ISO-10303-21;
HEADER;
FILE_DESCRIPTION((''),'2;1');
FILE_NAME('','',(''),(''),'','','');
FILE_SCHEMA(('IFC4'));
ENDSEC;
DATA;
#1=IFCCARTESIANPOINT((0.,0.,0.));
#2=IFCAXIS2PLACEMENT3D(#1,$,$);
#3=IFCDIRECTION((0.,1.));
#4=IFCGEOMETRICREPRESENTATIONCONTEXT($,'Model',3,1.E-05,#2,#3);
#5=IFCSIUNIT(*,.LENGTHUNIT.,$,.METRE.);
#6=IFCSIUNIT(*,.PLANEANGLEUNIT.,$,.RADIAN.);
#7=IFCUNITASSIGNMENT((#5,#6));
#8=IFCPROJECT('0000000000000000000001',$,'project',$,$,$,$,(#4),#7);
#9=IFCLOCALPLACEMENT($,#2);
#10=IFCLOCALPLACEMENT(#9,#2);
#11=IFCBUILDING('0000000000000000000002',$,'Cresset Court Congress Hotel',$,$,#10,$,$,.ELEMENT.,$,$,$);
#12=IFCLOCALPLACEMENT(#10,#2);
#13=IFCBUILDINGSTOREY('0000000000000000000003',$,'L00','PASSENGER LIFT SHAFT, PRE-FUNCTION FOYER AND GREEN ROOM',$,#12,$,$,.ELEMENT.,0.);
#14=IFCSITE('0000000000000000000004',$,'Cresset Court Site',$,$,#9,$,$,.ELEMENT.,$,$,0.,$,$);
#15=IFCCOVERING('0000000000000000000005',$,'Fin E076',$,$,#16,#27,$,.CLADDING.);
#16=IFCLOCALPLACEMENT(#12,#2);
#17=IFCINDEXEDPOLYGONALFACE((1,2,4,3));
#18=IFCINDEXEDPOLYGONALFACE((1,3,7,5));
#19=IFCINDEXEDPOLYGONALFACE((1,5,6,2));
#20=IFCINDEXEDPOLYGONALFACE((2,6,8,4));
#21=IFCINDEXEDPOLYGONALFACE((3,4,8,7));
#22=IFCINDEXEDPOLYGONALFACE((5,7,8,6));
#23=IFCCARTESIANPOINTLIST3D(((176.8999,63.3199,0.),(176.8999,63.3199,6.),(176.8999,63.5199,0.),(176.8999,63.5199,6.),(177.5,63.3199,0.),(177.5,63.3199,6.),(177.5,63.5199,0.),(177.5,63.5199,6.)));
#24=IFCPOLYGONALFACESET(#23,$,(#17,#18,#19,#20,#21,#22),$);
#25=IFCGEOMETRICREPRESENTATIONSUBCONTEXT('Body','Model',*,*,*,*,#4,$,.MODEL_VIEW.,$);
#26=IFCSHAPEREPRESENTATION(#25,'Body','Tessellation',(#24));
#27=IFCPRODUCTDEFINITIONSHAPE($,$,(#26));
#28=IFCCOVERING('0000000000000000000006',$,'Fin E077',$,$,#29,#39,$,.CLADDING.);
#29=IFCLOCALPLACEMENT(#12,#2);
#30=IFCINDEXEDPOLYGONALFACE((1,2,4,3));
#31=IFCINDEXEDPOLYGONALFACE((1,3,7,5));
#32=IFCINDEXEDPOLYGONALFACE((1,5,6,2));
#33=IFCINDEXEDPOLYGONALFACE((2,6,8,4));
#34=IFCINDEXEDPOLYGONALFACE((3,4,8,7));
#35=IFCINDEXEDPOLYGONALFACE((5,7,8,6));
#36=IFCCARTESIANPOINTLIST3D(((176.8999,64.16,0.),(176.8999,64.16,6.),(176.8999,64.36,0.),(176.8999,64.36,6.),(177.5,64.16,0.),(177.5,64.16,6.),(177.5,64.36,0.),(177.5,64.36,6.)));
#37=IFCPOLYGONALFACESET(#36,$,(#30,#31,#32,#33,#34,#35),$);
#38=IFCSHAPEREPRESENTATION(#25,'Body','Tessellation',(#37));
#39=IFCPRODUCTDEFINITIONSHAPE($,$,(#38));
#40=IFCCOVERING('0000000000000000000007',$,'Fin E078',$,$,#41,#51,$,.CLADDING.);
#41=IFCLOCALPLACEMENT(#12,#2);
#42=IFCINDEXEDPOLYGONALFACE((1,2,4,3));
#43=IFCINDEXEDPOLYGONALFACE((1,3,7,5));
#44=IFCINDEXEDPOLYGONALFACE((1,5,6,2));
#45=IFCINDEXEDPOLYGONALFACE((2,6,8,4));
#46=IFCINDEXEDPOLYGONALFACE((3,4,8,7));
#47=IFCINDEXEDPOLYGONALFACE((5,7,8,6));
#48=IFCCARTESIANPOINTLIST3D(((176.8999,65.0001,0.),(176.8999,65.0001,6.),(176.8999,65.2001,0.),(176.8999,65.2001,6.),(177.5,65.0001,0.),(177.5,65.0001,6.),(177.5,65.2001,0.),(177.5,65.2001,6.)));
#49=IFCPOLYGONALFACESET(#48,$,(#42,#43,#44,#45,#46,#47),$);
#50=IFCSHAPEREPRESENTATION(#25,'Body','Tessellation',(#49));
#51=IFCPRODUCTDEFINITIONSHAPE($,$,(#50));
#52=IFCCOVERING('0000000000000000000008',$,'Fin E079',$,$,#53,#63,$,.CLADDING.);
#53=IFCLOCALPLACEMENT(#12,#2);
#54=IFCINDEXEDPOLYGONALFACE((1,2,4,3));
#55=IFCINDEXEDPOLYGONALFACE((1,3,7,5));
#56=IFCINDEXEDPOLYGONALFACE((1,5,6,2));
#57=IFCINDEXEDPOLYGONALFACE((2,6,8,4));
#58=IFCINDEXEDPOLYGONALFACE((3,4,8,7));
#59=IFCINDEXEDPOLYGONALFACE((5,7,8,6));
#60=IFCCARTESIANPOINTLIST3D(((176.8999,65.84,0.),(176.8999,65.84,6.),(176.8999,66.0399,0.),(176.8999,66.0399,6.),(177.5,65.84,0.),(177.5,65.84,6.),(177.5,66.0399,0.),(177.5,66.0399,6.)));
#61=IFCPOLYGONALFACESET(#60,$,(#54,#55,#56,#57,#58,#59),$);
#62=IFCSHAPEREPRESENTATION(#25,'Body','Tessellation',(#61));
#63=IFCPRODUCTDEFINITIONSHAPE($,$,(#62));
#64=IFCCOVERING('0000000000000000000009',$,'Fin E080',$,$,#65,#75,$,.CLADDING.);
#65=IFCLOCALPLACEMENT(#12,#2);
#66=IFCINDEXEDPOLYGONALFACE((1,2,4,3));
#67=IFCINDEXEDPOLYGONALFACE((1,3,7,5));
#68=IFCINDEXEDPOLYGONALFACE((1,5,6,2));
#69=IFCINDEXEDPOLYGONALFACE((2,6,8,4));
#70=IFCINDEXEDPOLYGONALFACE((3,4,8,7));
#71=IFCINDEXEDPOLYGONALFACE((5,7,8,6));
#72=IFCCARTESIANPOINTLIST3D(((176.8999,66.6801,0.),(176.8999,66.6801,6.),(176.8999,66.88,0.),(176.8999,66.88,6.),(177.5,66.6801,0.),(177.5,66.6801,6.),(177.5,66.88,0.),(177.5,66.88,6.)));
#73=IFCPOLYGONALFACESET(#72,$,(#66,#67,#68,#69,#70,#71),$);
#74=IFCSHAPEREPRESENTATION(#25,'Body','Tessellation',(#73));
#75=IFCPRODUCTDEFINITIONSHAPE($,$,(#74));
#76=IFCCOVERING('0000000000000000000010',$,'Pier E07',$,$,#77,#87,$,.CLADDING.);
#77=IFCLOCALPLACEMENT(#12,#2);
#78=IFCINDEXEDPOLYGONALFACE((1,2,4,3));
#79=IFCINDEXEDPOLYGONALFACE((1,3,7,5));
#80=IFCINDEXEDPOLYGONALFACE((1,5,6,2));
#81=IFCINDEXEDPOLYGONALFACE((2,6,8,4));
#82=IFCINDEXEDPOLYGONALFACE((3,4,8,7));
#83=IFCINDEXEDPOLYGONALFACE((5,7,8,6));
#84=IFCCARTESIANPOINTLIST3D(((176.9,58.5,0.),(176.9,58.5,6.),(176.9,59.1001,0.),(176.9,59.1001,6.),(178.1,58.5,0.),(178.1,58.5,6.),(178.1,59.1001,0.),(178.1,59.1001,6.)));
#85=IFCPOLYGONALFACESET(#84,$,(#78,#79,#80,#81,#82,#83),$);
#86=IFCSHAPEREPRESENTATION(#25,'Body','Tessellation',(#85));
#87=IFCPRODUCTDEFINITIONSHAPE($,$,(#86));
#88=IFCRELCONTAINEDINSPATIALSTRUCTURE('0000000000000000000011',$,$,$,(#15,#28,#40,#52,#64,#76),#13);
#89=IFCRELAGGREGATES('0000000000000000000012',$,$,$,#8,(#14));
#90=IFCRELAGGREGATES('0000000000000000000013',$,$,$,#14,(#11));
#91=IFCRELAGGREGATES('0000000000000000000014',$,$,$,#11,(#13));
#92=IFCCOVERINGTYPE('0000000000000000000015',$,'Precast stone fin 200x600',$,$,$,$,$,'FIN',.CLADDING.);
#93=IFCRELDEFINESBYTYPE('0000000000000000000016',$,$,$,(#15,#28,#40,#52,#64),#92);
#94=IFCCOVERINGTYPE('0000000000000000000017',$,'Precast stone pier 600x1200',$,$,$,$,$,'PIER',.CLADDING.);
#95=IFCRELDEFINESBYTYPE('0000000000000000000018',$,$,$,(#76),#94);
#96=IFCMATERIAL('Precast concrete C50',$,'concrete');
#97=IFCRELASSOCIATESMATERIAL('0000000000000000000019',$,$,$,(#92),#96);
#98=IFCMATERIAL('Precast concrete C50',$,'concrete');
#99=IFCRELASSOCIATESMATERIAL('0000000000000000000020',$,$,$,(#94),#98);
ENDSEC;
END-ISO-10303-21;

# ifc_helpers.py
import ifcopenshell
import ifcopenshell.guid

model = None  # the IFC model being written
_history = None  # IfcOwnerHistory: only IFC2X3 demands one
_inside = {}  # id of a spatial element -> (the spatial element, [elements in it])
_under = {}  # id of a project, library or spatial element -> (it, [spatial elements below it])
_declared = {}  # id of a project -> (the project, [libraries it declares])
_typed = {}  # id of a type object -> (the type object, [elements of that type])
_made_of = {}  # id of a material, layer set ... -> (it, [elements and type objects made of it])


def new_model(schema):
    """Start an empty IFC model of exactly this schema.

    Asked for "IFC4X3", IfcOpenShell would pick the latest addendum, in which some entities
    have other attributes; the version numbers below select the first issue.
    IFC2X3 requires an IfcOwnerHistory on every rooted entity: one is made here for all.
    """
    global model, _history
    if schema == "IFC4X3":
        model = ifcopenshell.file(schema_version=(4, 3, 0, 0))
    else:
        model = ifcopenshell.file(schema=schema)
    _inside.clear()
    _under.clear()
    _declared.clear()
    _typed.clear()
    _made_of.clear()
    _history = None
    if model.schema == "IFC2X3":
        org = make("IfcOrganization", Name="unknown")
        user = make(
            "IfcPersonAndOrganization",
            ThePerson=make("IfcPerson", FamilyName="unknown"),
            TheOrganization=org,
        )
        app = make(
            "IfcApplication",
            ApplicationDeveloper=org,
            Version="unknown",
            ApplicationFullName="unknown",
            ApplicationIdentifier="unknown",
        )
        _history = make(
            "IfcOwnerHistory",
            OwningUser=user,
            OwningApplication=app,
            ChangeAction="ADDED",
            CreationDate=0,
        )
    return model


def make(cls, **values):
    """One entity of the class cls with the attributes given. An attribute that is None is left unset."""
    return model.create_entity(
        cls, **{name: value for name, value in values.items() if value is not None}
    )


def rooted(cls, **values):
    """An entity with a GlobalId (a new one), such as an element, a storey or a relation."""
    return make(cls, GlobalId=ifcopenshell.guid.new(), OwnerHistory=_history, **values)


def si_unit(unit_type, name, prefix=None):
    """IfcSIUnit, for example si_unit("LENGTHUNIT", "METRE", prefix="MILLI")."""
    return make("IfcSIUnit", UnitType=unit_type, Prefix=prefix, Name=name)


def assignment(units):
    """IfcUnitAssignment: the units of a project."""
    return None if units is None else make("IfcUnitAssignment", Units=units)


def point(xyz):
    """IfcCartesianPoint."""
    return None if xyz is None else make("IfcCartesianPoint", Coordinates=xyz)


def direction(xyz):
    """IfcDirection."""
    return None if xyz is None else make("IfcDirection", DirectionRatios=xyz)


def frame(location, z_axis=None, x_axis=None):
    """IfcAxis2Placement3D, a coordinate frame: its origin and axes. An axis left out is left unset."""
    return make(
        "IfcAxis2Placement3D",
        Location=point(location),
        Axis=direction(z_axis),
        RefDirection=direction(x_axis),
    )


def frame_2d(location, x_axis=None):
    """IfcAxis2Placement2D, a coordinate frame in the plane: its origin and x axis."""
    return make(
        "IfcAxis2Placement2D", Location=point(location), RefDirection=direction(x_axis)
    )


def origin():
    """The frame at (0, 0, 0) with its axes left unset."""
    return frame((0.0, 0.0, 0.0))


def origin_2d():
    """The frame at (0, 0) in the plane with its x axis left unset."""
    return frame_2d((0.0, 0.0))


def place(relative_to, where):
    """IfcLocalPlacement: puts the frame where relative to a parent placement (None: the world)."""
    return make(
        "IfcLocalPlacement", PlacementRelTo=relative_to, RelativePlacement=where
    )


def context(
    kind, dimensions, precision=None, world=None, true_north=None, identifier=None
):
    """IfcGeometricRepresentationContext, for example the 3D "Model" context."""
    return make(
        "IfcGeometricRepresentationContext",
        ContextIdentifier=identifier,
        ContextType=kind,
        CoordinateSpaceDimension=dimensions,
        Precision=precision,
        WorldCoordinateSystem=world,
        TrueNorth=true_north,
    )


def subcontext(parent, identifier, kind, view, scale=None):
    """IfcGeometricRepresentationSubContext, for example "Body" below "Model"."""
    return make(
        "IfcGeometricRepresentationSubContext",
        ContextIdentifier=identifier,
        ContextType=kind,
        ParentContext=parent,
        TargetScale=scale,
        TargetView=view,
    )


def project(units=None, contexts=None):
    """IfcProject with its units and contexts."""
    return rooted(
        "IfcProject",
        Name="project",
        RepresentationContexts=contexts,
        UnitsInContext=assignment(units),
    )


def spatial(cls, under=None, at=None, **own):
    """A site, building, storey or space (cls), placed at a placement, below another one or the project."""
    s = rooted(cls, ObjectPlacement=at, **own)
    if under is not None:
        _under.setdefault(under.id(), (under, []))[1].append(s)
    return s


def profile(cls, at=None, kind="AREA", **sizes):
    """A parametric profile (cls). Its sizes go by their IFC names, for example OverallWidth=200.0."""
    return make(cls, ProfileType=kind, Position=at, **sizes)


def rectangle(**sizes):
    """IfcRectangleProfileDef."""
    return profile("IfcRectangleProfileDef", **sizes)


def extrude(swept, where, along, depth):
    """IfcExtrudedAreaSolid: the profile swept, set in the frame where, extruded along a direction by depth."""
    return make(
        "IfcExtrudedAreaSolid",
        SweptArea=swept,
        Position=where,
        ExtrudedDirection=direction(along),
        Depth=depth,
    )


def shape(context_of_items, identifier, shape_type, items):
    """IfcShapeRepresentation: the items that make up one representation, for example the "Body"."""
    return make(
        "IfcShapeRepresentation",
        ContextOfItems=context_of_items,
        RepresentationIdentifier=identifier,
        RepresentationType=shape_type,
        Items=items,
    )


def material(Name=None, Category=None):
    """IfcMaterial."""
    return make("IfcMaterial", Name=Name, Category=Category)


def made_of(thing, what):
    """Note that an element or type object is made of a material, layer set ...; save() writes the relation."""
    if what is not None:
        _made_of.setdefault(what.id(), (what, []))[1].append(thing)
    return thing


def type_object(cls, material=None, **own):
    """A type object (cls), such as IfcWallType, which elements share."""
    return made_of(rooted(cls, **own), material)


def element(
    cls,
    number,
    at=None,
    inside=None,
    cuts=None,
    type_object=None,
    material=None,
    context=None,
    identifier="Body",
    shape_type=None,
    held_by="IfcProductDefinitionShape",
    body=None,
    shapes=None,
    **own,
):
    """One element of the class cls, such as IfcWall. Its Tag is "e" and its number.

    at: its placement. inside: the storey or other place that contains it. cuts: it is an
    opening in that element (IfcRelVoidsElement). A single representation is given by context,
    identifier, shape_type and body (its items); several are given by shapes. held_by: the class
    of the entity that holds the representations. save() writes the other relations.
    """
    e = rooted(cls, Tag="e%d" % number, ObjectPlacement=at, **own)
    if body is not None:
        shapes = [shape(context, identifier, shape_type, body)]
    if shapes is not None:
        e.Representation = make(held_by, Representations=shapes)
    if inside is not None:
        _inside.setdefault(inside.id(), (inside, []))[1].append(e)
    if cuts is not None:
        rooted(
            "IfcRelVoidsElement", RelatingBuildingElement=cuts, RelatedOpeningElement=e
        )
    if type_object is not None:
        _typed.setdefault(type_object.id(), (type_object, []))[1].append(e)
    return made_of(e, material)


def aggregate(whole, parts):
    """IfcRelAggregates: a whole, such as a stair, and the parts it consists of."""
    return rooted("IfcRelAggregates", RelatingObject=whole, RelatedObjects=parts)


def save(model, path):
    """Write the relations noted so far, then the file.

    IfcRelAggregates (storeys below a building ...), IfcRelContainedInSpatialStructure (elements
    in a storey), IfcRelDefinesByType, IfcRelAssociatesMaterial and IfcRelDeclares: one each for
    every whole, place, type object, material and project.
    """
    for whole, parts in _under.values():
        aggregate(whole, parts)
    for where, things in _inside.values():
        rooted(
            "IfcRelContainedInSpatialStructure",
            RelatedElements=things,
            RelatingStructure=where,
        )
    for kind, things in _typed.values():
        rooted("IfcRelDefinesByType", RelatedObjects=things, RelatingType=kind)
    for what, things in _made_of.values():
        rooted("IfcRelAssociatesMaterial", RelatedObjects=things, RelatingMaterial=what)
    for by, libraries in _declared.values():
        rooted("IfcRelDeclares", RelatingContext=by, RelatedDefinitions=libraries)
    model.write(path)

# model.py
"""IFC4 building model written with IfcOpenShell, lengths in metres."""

from ifc_helpers import new_model, si_unit, direction, frame, origin, origin_2d, place, context, subcontext, project, spatial, rectangle, extrude, material, type_object, element, save


model = new_model("IFC4")

# Units and contexts
model_context = context("Model", 3, precision=1e-05, world=origin(), true_north=direction((0.0, 1.0)))
body_context = subcontext(model_context, "Body", "Model", "MODEL_VIEW")
ifc_project = project(units=[si_unit("LENGTHUNIT", "METRE"), si_unit("PLANEANGLEUNIT", "RADIAN")], contexts=[model_context])

# Site, building, storey
site_placement = place(None, origin())
site = spatial("IfcSite", under=ifc_project, at=site_placement, Name="Cresset Court Site", CompositionType="ELEMENT", RefElevation=0.0)
building_placement = place(site_placement, origin())
building = spatial("IfcBuilding", under=site, at=building_placement, Name="Cresset Court Congress Hotel", CompositionType="ELEMENT")
storey_placement = place(building_placement, origin())
storey = spatial("IfcBuildingStorey", under=building, at=storey_placement, Name="L00", Description="PASSENGER LIFT SHAFT, PRE-FUNCTION FOYER AND GREEN ROOM", CompositionType="ELEMENT", Elevation=0.0)

# Coverings
ifc_material_1 = material(Name="Precast concrete C50", Category="concrete")
covering_type_1 = type_object("IfcCoveringType", Name="Precast stone fin 200x600", ElementType="FIN", PredefinedType="CLADDING", material=ifc_material_1)
for number, where, z_axis, x_axis, name in (
    (1, (177.2, 63.4199, 0.0), (0.0, 0.0, 1.0), (1.0, 0.0, 0.0), "Fin E076"),
    (2, (177.2, 64.26, 0.0), (0.0, 0.0, 1.0), (1.0, 0.0, 0.0), "Fin E077"),
    (3, (177.2, 65.1001, 0.0), (0.0, 0.0, 1.0), (1.0, 0.0, 0.0), "Fin E078"),
    (4, (177.2, 65.9399, 0.0), (0.0, 0.0, 1.0), (1.0, 0.0, 0.0), "Fin E079"),
    (5, (177.2, 66.78, 0.0), (0.0, 0.0, 1.0), (1.0, 0.0, 0.0), "Fin E080"),
):
    element("IfcCovering", number, at=place(storey_placement, frame(where, z_axis=z_axis, x_axis=x_axis)), inside=storey, type_object=covering_type_1, Name=name, PredefinedType="CLADDING", context=body_context, shape_type="SweptSolid", body=[
        extrude(rectangle(XDim=0.6001, YDim=0.2, at=origin_2d()), origin(), (0.0, 0.0, 1.0), 6.0),
    ])
ifc_material_2 = material(Name="Precast concrete C50", Category="concrete")
covering_type_2 = type_object("IfcCoveringType", Name="Precast stone pier 600x1200", ElementType="PIER", PredefinedType="CLADDING", material=ifc_material_2)
covering_placement = place(storey_placement, frame((177.5, 58.8, 0.0), z_axis=(0.0, 0.0, 1.0), x_axis=(1.0, 0.0, 0.0)))
element("IfcCovering", 6, at=covering_placement, inside=storey, type_object=covering_type_2, Name="Pier E07", PredefinedType="CLADDING", context=body_context, shape_type="SweptSolid", body=[
    extrude(rectangle(XDim=1.2, YDim=0.6001, at=origin_2d()), origin(), (0.0, 0.0, 1.0), 6.0),
])

save(model, "model.ifc")
